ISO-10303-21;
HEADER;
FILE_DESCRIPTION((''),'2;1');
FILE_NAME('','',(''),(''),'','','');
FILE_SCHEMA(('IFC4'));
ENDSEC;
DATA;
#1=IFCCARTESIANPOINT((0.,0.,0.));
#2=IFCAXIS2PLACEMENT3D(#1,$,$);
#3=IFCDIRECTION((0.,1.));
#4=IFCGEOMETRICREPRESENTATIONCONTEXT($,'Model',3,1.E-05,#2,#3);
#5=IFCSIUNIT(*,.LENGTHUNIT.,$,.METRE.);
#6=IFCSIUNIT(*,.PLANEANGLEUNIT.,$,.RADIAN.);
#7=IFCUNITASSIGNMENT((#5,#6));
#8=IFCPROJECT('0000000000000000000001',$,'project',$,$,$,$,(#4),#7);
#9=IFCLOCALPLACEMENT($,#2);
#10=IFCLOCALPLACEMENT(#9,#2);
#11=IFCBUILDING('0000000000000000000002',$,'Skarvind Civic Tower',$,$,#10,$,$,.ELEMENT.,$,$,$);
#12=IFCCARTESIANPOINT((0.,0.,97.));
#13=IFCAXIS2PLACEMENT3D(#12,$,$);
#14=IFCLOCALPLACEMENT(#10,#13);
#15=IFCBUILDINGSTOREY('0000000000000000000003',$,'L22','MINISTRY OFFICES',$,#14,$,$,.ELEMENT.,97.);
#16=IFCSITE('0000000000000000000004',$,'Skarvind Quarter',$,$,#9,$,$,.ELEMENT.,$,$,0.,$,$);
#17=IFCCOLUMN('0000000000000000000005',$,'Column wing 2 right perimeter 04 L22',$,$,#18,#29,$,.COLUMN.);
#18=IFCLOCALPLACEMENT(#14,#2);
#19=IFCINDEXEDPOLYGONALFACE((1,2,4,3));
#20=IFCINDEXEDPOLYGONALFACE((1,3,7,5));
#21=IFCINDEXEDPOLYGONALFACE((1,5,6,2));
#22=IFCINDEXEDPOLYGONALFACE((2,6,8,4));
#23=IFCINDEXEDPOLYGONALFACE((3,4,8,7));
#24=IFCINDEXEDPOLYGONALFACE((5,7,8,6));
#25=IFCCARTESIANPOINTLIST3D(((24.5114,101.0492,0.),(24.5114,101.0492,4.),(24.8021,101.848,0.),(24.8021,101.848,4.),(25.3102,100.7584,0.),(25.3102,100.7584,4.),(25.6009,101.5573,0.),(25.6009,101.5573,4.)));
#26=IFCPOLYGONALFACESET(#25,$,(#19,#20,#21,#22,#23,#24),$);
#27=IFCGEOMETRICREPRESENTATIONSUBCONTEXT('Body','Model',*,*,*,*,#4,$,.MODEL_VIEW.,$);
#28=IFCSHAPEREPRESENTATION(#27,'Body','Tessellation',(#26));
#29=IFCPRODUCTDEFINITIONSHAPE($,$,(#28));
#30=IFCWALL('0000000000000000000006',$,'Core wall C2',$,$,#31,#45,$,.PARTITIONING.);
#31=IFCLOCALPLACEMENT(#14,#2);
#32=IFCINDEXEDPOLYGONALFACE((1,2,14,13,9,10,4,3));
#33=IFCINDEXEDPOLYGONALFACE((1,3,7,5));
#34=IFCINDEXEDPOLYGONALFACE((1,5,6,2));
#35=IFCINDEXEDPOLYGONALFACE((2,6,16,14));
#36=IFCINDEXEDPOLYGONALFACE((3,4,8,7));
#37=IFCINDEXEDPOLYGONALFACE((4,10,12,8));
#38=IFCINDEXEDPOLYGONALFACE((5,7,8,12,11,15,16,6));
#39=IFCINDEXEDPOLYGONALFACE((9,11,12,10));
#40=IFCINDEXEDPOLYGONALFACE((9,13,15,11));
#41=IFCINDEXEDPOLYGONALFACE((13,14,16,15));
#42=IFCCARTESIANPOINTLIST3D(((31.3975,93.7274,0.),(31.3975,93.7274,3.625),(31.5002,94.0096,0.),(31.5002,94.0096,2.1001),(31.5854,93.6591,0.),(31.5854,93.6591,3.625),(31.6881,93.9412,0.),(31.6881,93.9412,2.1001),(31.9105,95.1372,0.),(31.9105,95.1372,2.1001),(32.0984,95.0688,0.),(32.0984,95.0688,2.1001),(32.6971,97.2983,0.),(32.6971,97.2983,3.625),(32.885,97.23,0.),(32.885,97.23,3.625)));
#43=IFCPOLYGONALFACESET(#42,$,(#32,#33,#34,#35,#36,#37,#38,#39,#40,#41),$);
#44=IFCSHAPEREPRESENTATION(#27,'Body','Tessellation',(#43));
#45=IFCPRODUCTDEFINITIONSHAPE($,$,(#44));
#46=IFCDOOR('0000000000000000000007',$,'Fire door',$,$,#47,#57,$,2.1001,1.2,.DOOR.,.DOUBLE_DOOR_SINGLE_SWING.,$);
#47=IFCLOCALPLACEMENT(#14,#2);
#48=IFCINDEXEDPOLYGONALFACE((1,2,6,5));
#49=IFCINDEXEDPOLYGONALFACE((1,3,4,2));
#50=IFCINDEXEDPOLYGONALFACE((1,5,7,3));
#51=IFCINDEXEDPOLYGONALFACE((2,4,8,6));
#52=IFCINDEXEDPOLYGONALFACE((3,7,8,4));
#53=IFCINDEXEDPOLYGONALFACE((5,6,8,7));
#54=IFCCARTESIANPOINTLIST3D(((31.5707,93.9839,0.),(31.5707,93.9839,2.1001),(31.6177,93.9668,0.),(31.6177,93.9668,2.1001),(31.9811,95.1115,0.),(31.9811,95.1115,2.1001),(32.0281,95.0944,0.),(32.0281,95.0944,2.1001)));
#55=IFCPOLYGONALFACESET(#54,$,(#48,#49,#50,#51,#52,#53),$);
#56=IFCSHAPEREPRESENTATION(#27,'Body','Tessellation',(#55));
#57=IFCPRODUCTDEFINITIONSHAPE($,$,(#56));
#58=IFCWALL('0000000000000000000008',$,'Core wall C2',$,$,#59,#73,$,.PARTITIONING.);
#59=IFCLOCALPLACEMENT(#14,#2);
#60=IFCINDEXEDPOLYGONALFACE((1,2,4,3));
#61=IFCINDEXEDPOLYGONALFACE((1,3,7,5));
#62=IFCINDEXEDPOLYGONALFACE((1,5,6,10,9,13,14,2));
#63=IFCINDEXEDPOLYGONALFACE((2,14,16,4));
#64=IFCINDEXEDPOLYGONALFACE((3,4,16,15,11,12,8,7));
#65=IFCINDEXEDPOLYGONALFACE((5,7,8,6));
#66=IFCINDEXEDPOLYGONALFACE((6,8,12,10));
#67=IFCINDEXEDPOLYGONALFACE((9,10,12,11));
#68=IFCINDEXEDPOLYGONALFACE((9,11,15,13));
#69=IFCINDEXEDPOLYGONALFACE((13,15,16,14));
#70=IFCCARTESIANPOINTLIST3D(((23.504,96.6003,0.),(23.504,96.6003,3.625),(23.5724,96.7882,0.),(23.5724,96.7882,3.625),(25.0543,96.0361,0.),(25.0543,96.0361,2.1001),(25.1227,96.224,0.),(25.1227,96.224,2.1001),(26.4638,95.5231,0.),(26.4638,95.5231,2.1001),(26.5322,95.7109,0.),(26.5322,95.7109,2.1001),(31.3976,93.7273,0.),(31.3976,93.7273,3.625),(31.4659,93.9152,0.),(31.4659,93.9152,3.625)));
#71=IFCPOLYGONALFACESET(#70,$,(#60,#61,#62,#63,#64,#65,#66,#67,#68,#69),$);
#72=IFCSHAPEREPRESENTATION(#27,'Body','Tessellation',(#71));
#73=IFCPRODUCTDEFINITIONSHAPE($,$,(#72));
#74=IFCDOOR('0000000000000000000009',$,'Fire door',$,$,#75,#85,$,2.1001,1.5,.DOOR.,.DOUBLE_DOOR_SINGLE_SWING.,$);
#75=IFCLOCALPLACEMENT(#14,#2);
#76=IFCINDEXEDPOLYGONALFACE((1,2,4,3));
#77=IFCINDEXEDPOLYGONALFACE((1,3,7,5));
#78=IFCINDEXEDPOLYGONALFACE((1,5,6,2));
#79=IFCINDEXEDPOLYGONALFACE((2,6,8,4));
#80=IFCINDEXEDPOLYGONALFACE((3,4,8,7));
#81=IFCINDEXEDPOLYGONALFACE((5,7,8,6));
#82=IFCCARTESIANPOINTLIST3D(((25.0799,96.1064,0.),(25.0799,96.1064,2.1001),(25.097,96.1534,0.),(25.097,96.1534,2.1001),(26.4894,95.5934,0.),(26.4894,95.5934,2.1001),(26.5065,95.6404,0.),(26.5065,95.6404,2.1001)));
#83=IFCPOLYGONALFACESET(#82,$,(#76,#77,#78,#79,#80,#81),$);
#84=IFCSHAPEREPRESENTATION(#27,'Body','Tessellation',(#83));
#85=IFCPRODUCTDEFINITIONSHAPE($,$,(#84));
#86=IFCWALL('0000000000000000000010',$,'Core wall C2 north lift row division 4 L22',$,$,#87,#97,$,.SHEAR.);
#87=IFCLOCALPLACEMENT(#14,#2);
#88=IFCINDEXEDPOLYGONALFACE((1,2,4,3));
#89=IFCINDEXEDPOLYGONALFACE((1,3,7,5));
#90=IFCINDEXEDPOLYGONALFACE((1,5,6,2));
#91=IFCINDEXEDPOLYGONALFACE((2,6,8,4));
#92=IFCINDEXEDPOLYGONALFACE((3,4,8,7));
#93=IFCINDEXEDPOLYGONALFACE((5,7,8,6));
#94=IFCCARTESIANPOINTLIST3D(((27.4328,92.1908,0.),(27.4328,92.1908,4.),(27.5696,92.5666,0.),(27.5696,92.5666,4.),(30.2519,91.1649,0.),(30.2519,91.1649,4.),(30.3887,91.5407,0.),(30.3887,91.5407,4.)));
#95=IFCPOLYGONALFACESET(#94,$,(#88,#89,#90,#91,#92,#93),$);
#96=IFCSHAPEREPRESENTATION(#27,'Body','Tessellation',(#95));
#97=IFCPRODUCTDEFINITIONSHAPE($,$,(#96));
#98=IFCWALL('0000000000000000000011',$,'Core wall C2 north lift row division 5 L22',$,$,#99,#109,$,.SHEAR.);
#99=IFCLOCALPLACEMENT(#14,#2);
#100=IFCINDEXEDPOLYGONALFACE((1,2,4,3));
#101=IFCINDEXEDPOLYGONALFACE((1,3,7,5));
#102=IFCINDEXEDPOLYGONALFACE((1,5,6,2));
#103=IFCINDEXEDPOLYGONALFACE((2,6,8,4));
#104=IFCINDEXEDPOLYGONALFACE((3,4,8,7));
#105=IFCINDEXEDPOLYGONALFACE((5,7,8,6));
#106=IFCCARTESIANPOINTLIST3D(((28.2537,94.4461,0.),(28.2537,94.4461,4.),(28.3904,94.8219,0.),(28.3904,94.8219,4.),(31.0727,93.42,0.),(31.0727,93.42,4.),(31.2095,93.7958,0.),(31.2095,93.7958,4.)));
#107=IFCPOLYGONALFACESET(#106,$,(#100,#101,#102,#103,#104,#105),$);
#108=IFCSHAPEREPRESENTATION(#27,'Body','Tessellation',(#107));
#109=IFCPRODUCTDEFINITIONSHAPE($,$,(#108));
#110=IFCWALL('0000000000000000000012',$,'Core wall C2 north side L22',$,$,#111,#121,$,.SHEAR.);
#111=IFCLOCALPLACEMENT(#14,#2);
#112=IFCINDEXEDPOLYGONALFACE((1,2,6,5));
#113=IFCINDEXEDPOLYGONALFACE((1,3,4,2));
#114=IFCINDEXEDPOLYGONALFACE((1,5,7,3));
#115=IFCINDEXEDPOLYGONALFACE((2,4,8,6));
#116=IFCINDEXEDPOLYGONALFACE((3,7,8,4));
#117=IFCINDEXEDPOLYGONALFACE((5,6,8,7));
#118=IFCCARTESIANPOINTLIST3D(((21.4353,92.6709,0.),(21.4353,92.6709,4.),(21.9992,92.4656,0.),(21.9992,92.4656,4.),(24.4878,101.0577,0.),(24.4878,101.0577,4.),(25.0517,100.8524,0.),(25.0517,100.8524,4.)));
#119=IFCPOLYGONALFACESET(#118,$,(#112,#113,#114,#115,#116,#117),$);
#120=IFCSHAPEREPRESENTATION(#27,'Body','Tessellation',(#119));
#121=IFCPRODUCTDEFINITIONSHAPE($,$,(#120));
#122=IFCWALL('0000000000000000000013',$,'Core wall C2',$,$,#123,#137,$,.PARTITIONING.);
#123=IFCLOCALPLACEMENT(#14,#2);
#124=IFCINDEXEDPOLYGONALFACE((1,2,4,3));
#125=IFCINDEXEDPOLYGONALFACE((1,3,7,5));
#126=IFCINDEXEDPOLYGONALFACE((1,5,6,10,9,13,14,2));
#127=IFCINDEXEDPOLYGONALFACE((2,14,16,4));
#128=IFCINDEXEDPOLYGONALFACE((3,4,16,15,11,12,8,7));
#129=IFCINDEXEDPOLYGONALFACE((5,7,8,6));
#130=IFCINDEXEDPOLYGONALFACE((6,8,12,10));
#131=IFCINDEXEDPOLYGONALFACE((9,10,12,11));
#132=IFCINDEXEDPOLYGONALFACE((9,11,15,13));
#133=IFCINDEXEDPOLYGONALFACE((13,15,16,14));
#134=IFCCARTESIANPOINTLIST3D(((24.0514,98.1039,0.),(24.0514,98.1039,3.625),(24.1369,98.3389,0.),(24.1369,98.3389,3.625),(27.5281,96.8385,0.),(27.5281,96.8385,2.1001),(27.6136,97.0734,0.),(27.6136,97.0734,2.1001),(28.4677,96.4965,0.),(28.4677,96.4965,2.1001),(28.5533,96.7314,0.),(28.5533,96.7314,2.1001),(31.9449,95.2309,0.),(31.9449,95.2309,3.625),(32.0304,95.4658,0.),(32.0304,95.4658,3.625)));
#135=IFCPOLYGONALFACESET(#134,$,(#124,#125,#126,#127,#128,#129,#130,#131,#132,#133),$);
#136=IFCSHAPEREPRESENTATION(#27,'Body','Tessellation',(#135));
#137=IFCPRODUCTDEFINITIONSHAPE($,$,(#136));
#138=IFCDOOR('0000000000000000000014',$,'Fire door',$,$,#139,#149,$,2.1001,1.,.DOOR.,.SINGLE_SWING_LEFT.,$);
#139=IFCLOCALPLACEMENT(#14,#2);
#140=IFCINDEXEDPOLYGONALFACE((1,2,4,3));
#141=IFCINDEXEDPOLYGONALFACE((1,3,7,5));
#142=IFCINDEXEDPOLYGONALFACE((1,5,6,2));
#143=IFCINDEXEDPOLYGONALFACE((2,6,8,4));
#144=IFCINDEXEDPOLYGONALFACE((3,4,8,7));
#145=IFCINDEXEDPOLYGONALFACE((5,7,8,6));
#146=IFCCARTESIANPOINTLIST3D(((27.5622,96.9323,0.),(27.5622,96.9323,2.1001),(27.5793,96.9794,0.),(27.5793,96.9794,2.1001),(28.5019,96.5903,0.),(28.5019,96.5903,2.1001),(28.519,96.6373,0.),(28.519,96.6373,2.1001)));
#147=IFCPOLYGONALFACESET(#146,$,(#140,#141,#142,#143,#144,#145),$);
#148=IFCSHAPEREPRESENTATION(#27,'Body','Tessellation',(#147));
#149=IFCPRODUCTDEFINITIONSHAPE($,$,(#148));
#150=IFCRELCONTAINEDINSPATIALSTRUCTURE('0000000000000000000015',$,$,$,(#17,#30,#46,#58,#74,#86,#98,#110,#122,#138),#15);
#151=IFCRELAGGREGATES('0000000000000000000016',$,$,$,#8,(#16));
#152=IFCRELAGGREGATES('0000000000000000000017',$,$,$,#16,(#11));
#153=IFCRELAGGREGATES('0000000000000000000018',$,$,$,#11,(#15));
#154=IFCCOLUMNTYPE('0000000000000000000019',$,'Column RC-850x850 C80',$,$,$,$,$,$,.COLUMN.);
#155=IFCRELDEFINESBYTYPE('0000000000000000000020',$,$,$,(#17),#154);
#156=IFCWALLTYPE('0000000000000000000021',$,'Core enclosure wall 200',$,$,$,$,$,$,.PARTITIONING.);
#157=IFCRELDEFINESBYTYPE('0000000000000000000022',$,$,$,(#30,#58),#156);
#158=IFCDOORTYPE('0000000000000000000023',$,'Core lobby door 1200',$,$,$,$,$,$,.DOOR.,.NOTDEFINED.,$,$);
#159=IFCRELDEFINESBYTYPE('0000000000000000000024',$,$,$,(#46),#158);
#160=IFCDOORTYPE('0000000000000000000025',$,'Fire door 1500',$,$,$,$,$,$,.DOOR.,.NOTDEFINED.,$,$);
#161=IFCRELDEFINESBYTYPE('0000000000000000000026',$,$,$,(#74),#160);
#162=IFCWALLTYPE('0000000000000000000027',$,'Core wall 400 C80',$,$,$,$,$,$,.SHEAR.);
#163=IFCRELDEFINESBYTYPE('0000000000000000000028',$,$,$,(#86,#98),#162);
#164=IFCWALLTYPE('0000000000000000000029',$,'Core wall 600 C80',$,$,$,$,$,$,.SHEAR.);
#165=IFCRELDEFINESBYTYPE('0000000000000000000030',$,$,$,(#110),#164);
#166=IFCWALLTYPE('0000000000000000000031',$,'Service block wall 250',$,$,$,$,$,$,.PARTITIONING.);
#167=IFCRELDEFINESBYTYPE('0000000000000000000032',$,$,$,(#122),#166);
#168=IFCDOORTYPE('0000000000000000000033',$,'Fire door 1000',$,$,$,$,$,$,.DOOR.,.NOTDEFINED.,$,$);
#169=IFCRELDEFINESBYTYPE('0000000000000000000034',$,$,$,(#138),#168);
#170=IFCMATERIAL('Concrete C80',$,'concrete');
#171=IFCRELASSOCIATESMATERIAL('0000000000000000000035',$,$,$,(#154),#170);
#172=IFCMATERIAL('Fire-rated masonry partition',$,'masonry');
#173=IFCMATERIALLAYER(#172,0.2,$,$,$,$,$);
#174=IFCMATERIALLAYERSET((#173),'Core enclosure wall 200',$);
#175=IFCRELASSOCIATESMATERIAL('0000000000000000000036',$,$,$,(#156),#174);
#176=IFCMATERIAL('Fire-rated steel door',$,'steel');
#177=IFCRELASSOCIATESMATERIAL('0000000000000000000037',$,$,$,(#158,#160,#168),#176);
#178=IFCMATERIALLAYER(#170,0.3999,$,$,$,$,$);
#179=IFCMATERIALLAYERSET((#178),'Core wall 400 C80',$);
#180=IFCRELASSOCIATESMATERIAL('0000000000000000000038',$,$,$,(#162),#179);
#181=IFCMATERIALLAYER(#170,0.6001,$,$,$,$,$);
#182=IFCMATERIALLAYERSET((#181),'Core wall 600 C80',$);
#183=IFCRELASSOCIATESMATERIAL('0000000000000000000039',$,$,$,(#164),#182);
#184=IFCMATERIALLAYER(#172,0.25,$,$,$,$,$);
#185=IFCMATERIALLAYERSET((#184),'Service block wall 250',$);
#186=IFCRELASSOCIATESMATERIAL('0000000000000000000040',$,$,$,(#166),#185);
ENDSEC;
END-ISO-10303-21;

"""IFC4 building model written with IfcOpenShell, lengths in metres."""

from ifc_helpers import new_model, si_unit, direction, frame, frame_2d, origin, origin_2d, place, context, subcontext, project, spatial, rectangle, extrude, material, layer, layer_set, material_profile, profile_set, type_object, element, fill, save


model = new_model("IFC4")

# Units and contexts
model_context = context("Model", 3, precision=1e-05, world=origin(), true_north=direction((0.0, 1.0)))
body_context = subcontext(model_context, "Body", "Model", "MODEL_VIEW")
ifc_project = project(units=[si_unit("LENGTHUNIT", "METRE"), si_unit("PLANEANGLEUNIT", "RADIAN")], contexts=[model_context])

# Site, building, storey
site_placement = place(None, origin())
site = spatial("IfcSite", under=ifc_project, at=site_placement, Name="Skarvind Quarter", CompositionType="ELEMENT", RefElevation=0.0)
building_placement = place(site_placement, origin())
building = spatial("IfcBuilding", under=site, at=building_placement, Name="Skarvind Civic Tower", CompositionType="ELEMENT")
storey_placement = place(building_placement, frame((0.0, 0.0, 97.0)))
storey = spatial("IfcBuildingStorey", under=building, at=storey_placement, Name="L22", Description="MINISTRY OFFICES", CompositionType="ELEMENT", Elevation=97.0)

# Column
ifc_material_1 = material(Name="Concrete C80", Category="concrete")
ifc_material_profile = material_profile(ifc_material_1, rectangle(XDim=0.8501, YDim=0.8501, at=origin_2d()), Name="RC-850x850")
ifc_profile_set = profile_set([ifc_material_profile], Name="Concrete C80")
column_type = type_object("IfcColumnType", Name="Column RC-850x850 C80", PredefinedType="COLUMN", material=ifc_profile_set)
column_placement = place(storey_placement, frame((25.0562, 101.3032, 0.0), z_axis=(0.0, 0.0, 1.0), x_axis=(-0.34202, -0.939693, 0.0)))
element("IfcColumn", 1, at=column_placement, inside=storey, type_object=column_type, Name="Column wing 2 right perimeter 04 L22", PredefinedType="COLUMN", context=body_context, shape_type="SweptSolid", body=[
    extrude(rectangle(XDim=0.8501, YDim=0.8501, at=origin_2d()), origin(), (0.0, 0.0, 1.0), 4.0),
])

# Walls, openings, doors
ifc_material_2 = material(Name="Fire-rated masonry partition", Category="masonry")
ifc_layer_1 = layer(ifc_material_2, 0.2)
ifc_layer_set_1 = layer_set([ifc_layer_1], Name="Core enclosure wall 200")
wall_type_1 = type_object("IfcWallType", Name="Core enclosure wall 200", PredefinedType="PARTITIONING", material=ifc_layer_set_1)
wall_1_placement = place(storey_placement, frame((31.4915, 93.6934, 0.0), z_axis=(0.0, 0.0, 1.0), x_axis=(0.341996, 0.939701, 0.0)))
wall_1 = element("IfcWall", 2, at=wall_1_placement, inside=storey, type_object=wall_type_1, Name="Core wall C2", PredefinedType="PARTITIONING", context=body_context, shape_type="SweptSolid", body=[
    extrude(rectangle(XDim=3.8, YDim=0.2, at=frame_2d((1.8999, 0.0))), origin(), (0.0, 0.0, 1.0), 3.625),
])
opening_1_placement = place(wall_1_placement, frame((0.3, 0.0, 0.0)))
opening_1 = element("IfcOpeningElement", 3, at=opening_1_placement, cuts=wall_1, PredefinedType="OPENING", context=body_context, shape_type="SweptSolid", body=[
    extrude(rectangle(XDim=1.2, YDim=2.1001, at=frame_2d((0.6001, 1.05))), frame((0.0, 0.1099, 0.0), z_axis=(0.0, -1.0, 0.0), x_axis=(1.0, 0.0, 0.0)), (0.0, 0.0, 1.0), 0.22),
])
ifc_material_3 = material(Name="Fire-rated steel door", Category="steel")
door_type_1 = type_object("IfcDoorType", Name="Core lobby door 1200", OperationType="NOTDEFINED", PredefinedType="DOOR", material=ifc_material_3)
door_1_placement = place(opening_1_placement, origin())
door_1 = element("IfcDoor", 4, at=door_1_placement, inside=storey, type_object=door_type_1, Name="Fire door", OperationType="DOUBLE_DOOR_SINGLE_SWING", OverallHeight=2.1001, OverallWidth=1.2, PredefinedType="DOOR", context=body_context, shape_type="SweptSolid", body=[
    extrude(rectangle(XDim=1.2, YDim=2.1001, at=frame_2d((0.6001, 1.05))), frame((0.0, 0.0249, 0.0), z_axis=(0.0, -1.0, 0.0), x_axis=(1.0, 0.0, 0.0)), (0.0, 0.0, 1.0), 0.05),
])
fill(opening_1, door_1)
wall_2_placement = place(storey_placement, frame((23.5381, 96.6943, 0.0), z_axis=(0.0, 0.0, 1.0), x_axis=(0.939692, -0.342023, 0.0)))
wall_2 = element("IfcWall", 5, at=wall_2_placement, inside=storey, type_object=wall_type_1, Name="Core wall C2", PredefinedType="PARTITIONING", context=body_context, shape_type="SweptSolid", body=[
    extrude(rectangle(XDim=8.4001, YDim=0.2, at=frame_2d((4.2002, 0.0))), origin(), (0.0, 0.0, 1.0), 3.625),
])
opening_2_placement = place(wall_2_placement, frame((1.6499, 0.0, 0.0)))
opening_2 = element("IfcOpeningElement", 6, at=opening_2_placement, cuts=wall_2, PredefinedType="OPENING", context=body_context, shape_type="SweptSolid", body=[
    extrude(rectangle(XDim=1.5, YDim=2.1001, at=frame_2d((0.75, 1.05))), frame((0.0, 0.1099, 0.0), z_axis=(0.0, -1.0, 0.0), x_axis=(1.0, 0.0, 0.0)), (0.0, 0.0, 1.0), 0.22),
])
door_type_2 = type_object("IfcDoorType", Name="Fire door 1500", OperationType="NOTDEFINED", PredefinedType="DOOR", material=ifc_material_3)
door_2_placement = place(opening_2_placement, origin())
door_2 = element("IfcDoor", 7, at=door_2_placement, inside=storey, type_object=door_type_2, Name="Fire door", OperationType="DOUBLE_DOOR_SINGLE_SWING", OverallHeight=2.1001, OverallWidth=1.5, PredefinedType="DOOR", context=body_context, shape_type="SweptSolid", body=[
    extrude(rectangle(XDim=1.5, YDim=2.1001, at=frame_2d((0.75, 1.05))), frame((0.0, 0.0249, 0.0), z_axis=(0.0, -1.0, 0.0), x_axis=(1.0, 0.0, 0.0)), (0.0, 0.0, 1.0), 0.05),
])
fill(opening_2, door_2)

# Walls
ifc_layer_2 = layer(ifc_material_1, 0.3999)
ifc_layer_set_2 = layer_set([ifc_layer_2], Name="Core wall 400 C80")
wall_type_2 = type_object("IfcWallType", Name="Core wall 400 C80", PredefinedType="SHEAR", material=ifc_layer_set_2)
for number, where, z_axis, x_axis, name in (
    (8, (30.3203, 91.3528, 0.0), (0.0, 0.0, 1.0), (-0.939713, 0.341965, 0.0), "Core wall C2 north lift row division 4 L22"),
    (9, (31.1411, 93.6079, 0.0), (0.0, 0.0, 1.0), (-0.939686, 0.342037, 0.0), "Core wall C2 north lift row division 5 L22"),
):
    element("IfcWall", number, at=place(storey_placement, frame(where, z_axis=z_axis, x_axis=x_axis)), inside=storey, type_object=wall_type_2, Name=name, PredefinedType="SHEAR", context=body_context, shape_type="SweptSolid", body=[
        extrude(rectangle(XDim=3.0, YDim=0.3999, at=frame_2d((1.5, 0.0))), origin(), (0.0, 0.0, 1.0), 4.0),
    ])
ifc_layer_3 = layer(ifc_material_1, 0.6001)
ifc_layer_set_3 = layer_set([ifc_layer_3], Name="Core wall 600 C80")
wall_type_3 = type_object("IfcWallType", Name="Core wall 600 C80", PredefinedType="SHEAR", material=ifc_layer_set_3)
wall_3_placement = place(storey_placement, frame((21.7173, 92.5684, 0.0), z_axis=(0.0, 0.0, 1.0), x_axis=(0.342018, 0.939694, 0.0)))
element("IfcWall", 10, at=wall_3_placement, inside=storey, type_object=wall_type_3, Name="Core wall C2 north side L22", PredefinedType="SHEAR", context=body_context, shape_type="SweptSolid", body=[
    extrude(rectangle(XDim=8.925, YDim=0.6001, at=frame_2d((4.4624, 0.0))), origin(), (0.0, 0.0, 1.0), 4.0),
])

# Wall, opening, door
ifc_layer_4 = layer(ifc_material_2, 0.25)
ifc_layer_set_4 = layer_set([ifc_layer_4], Name="Service block wall 250")
wall_type_4 = type_object("IfcWallType", Name="Service block wall 250", PredefinedType="PARTITIONING", material=ifc_layer_set_4)
wall_4_placement = place(storey_placement, frame((24.094, 98.2214, 0.0), z_axis=(0.0, 0.0, 1.0), x_axis=(0.939692, -0.342023, 0.0)))
wall_4 = element("IfcWall", 11, at=wall_4_placement, inside=storey, type_object=wall_type_4, Name="Core wall C2", PredefinedType="PARTITIONING", context=body_context, shape_type="SweptSolid", body=[
    extrude(rectangle(XDim=8.4001, YDim=0.25, at=frame_2d((4.2002, 0.0))), origin(), (0.0, 0.0, 1.0), 3.625),
])
opening_3_placement = place(wall_4_placement, frame((3.7, 0.0, 0.0)))
opening_3 = element("IfcOpeningElement", 12, at=opening_3_placement, cuts=wall_4, PredefinedType="OPENING", context=body_context, shape_type="SweptSolid", body=[
    extrude(rectangle(XDim=1.0, YDim=2.1001, at=frame_2d((0.5, 1.05))), frame((0.0, 0.135, 0.0), z_axis=(0.0, -1.0, 0.0), x_axis=(1.0, 0.0, 0.0)), (0.0, 0.0, 1.0), 0.27),
])
door_type_3 = type_object("IfcDoorType", Name="Fire door 1000", OperationType="NOTDEFINED", PredefinedType="DOOR", material=ifc_material_3)
door_3_placement = place(opening_3_placement, origin())
door_3 = element("IfcDoor", 13, at=door_3_placement, inside=storey, type_object=door_type_3, Name="Fire door", OperationType="SINGLE_SWING_LEFT", OverallHeight=2.1001, OverallWidth=1.0, PredefinedType="DOOR", context=body_context, shape_type="SweptSolid", body=[
    extrude(rectangle(XDim=1.0, YDim=2.1001, at=frame_2d((0.5, 1.05))), frame((0.0, 0.0249, 0.0), z_axis=(0.0, -1.0, 0.0), x_axis=(1.0, 0.0, 0.0)), (0.0, 0.0, 1.0), 0.05),
])
fill(opening_3, door_3)

save(model, "model.ifc")
